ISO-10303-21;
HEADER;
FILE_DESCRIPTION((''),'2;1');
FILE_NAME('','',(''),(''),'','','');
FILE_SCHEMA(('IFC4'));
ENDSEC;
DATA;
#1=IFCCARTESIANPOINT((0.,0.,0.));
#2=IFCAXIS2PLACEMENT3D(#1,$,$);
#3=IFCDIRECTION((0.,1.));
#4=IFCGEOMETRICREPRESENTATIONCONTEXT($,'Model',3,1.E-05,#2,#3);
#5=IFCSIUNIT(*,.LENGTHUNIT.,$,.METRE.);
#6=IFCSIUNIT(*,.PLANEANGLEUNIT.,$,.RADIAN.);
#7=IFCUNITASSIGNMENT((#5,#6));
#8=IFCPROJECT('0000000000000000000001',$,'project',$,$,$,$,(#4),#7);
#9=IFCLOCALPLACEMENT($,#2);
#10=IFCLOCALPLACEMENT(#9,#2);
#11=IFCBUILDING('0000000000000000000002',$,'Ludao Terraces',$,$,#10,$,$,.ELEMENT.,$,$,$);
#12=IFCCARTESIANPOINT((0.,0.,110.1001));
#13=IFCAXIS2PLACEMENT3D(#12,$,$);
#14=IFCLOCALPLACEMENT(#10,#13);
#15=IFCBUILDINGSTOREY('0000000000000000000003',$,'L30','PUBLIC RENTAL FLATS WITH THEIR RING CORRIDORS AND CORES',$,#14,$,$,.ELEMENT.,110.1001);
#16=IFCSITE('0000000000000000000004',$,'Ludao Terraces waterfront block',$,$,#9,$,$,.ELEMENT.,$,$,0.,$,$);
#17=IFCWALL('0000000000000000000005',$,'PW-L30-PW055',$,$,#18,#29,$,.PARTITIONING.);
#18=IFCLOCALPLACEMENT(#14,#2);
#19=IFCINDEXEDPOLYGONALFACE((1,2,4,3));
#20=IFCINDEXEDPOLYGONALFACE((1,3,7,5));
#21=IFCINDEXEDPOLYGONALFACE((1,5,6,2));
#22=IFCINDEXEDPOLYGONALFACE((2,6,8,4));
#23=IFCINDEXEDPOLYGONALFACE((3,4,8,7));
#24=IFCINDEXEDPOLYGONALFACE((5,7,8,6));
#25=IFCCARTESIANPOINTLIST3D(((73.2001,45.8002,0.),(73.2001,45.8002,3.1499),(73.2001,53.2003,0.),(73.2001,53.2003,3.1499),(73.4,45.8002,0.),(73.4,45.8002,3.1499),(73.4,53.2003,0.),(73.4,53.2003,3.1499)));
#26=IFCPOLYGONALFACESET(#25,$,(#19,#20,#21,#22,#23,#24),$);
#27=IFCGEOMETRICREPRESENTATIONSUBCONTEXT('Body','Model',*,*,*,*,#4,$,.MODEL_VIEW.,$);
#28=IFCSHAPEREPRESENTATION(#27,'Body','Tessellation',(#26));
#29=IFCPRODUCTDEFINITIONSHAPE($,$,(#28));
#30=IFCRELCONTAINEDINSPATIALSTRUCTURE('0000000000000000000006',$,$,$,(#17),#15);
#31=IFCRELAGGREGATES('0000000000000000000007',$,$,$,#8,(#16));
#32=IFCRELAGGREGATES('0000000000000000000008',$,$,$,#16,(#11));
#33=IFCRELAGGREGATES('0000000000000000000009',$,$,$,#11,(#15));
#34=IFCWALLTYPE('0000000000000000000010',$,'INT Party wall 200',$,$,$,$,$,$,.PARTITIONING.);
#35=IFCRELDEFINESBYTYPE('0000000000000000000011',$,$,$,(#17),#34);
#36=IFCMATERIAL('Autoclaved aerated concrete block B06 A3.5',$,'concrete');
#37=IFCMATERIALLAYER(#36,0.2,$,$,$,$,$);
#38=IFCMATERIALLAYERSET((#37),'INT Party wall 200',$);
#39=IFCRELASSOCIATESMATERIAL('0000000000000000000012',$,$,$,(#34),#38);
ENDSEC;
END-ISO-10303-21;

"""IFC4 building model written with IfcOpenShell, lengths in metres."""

from ifc_helpers import new_model, si_unit, direction, frame, frame_2d, origin, place, context, subcontext, project, spatial, rectangle, extrude, material, layer, layer_set, type_object, element, save


model = new_model("IFC4")

# Units and contexts
model_context = context("Model", 3, precision=1e-05, world=origin(), true_north=direction((0.0, 1.0)))
body_context = subcontext(model_context, "Body", "Model", "MODEL_VIEW")
ifc_project = project(units=[si_unit("LENGTHUNIT", "METRE"), si_unit("PLANEANGLEUNIT", "RADIAN")], contexts=[model_context])

# Site, building, storey
site_placement = place(None, origin())
site = spatial("IfcSite", under=ifc_project, at=site_placement, Name="Ludao Terraces waterfront block", CompositionType="ELEMENT", RefElevation=0.0)
building_placement = place(site_placement, origin())
building = spatial("IfcBuilding", under=site, at=building_placement, Name="Ludao Terraces", CompositionType="ELEMENT")
storey_placement = place(building_placement, frame((0.0, 0.0, 110.1001)))
storey = spatial("IfcBuildingStorey", under=building, at=storey_placement, Name="L30", Description="PUBLIC RENTAL FLATS WITH THEIR RING CORRIDORS AND CORES", CompositionType="ELEMENT", Elevation=110.1001)

# Wall
ifc_material_1 = material(Name="Autoclaved aerated concrete block B06 A3.5", Category="concrete")
ifc_layer_1 = layer(ifc_material_1, 0.2)
ifc_layer_set_1 = layer_set([ifc_layer_1], Name="INT Party wall 200")
wall_type_1 = type_object("IfcWallType", Name="INT Party wall 200", PredefinedType="PARTITIONING", material=ifc_layer_set_1)
wall_1_placement = place(storey_placement, frame((73.3, 45.8, 0.0), z_axis=(0.0, 0.0, 1.0), x_axis=(0.0, 1.0, 0.0)))
element("IfcWall", 1, at=wall_1_placement, inside=storey, type_object=wall_type_1, Name="PW-L30-PW055", PredefinedType="PARTITIONING", context=body_context, shape_type="SweptSolid", body=[
    extrude(rectangle(XDim=7.4001, YDim=0.2, at=frame_2d((3.7002, 0.0))), origin(), (0.0, 0.0, 1.0), 3.1499),
])

save(model, "model.ifc")
